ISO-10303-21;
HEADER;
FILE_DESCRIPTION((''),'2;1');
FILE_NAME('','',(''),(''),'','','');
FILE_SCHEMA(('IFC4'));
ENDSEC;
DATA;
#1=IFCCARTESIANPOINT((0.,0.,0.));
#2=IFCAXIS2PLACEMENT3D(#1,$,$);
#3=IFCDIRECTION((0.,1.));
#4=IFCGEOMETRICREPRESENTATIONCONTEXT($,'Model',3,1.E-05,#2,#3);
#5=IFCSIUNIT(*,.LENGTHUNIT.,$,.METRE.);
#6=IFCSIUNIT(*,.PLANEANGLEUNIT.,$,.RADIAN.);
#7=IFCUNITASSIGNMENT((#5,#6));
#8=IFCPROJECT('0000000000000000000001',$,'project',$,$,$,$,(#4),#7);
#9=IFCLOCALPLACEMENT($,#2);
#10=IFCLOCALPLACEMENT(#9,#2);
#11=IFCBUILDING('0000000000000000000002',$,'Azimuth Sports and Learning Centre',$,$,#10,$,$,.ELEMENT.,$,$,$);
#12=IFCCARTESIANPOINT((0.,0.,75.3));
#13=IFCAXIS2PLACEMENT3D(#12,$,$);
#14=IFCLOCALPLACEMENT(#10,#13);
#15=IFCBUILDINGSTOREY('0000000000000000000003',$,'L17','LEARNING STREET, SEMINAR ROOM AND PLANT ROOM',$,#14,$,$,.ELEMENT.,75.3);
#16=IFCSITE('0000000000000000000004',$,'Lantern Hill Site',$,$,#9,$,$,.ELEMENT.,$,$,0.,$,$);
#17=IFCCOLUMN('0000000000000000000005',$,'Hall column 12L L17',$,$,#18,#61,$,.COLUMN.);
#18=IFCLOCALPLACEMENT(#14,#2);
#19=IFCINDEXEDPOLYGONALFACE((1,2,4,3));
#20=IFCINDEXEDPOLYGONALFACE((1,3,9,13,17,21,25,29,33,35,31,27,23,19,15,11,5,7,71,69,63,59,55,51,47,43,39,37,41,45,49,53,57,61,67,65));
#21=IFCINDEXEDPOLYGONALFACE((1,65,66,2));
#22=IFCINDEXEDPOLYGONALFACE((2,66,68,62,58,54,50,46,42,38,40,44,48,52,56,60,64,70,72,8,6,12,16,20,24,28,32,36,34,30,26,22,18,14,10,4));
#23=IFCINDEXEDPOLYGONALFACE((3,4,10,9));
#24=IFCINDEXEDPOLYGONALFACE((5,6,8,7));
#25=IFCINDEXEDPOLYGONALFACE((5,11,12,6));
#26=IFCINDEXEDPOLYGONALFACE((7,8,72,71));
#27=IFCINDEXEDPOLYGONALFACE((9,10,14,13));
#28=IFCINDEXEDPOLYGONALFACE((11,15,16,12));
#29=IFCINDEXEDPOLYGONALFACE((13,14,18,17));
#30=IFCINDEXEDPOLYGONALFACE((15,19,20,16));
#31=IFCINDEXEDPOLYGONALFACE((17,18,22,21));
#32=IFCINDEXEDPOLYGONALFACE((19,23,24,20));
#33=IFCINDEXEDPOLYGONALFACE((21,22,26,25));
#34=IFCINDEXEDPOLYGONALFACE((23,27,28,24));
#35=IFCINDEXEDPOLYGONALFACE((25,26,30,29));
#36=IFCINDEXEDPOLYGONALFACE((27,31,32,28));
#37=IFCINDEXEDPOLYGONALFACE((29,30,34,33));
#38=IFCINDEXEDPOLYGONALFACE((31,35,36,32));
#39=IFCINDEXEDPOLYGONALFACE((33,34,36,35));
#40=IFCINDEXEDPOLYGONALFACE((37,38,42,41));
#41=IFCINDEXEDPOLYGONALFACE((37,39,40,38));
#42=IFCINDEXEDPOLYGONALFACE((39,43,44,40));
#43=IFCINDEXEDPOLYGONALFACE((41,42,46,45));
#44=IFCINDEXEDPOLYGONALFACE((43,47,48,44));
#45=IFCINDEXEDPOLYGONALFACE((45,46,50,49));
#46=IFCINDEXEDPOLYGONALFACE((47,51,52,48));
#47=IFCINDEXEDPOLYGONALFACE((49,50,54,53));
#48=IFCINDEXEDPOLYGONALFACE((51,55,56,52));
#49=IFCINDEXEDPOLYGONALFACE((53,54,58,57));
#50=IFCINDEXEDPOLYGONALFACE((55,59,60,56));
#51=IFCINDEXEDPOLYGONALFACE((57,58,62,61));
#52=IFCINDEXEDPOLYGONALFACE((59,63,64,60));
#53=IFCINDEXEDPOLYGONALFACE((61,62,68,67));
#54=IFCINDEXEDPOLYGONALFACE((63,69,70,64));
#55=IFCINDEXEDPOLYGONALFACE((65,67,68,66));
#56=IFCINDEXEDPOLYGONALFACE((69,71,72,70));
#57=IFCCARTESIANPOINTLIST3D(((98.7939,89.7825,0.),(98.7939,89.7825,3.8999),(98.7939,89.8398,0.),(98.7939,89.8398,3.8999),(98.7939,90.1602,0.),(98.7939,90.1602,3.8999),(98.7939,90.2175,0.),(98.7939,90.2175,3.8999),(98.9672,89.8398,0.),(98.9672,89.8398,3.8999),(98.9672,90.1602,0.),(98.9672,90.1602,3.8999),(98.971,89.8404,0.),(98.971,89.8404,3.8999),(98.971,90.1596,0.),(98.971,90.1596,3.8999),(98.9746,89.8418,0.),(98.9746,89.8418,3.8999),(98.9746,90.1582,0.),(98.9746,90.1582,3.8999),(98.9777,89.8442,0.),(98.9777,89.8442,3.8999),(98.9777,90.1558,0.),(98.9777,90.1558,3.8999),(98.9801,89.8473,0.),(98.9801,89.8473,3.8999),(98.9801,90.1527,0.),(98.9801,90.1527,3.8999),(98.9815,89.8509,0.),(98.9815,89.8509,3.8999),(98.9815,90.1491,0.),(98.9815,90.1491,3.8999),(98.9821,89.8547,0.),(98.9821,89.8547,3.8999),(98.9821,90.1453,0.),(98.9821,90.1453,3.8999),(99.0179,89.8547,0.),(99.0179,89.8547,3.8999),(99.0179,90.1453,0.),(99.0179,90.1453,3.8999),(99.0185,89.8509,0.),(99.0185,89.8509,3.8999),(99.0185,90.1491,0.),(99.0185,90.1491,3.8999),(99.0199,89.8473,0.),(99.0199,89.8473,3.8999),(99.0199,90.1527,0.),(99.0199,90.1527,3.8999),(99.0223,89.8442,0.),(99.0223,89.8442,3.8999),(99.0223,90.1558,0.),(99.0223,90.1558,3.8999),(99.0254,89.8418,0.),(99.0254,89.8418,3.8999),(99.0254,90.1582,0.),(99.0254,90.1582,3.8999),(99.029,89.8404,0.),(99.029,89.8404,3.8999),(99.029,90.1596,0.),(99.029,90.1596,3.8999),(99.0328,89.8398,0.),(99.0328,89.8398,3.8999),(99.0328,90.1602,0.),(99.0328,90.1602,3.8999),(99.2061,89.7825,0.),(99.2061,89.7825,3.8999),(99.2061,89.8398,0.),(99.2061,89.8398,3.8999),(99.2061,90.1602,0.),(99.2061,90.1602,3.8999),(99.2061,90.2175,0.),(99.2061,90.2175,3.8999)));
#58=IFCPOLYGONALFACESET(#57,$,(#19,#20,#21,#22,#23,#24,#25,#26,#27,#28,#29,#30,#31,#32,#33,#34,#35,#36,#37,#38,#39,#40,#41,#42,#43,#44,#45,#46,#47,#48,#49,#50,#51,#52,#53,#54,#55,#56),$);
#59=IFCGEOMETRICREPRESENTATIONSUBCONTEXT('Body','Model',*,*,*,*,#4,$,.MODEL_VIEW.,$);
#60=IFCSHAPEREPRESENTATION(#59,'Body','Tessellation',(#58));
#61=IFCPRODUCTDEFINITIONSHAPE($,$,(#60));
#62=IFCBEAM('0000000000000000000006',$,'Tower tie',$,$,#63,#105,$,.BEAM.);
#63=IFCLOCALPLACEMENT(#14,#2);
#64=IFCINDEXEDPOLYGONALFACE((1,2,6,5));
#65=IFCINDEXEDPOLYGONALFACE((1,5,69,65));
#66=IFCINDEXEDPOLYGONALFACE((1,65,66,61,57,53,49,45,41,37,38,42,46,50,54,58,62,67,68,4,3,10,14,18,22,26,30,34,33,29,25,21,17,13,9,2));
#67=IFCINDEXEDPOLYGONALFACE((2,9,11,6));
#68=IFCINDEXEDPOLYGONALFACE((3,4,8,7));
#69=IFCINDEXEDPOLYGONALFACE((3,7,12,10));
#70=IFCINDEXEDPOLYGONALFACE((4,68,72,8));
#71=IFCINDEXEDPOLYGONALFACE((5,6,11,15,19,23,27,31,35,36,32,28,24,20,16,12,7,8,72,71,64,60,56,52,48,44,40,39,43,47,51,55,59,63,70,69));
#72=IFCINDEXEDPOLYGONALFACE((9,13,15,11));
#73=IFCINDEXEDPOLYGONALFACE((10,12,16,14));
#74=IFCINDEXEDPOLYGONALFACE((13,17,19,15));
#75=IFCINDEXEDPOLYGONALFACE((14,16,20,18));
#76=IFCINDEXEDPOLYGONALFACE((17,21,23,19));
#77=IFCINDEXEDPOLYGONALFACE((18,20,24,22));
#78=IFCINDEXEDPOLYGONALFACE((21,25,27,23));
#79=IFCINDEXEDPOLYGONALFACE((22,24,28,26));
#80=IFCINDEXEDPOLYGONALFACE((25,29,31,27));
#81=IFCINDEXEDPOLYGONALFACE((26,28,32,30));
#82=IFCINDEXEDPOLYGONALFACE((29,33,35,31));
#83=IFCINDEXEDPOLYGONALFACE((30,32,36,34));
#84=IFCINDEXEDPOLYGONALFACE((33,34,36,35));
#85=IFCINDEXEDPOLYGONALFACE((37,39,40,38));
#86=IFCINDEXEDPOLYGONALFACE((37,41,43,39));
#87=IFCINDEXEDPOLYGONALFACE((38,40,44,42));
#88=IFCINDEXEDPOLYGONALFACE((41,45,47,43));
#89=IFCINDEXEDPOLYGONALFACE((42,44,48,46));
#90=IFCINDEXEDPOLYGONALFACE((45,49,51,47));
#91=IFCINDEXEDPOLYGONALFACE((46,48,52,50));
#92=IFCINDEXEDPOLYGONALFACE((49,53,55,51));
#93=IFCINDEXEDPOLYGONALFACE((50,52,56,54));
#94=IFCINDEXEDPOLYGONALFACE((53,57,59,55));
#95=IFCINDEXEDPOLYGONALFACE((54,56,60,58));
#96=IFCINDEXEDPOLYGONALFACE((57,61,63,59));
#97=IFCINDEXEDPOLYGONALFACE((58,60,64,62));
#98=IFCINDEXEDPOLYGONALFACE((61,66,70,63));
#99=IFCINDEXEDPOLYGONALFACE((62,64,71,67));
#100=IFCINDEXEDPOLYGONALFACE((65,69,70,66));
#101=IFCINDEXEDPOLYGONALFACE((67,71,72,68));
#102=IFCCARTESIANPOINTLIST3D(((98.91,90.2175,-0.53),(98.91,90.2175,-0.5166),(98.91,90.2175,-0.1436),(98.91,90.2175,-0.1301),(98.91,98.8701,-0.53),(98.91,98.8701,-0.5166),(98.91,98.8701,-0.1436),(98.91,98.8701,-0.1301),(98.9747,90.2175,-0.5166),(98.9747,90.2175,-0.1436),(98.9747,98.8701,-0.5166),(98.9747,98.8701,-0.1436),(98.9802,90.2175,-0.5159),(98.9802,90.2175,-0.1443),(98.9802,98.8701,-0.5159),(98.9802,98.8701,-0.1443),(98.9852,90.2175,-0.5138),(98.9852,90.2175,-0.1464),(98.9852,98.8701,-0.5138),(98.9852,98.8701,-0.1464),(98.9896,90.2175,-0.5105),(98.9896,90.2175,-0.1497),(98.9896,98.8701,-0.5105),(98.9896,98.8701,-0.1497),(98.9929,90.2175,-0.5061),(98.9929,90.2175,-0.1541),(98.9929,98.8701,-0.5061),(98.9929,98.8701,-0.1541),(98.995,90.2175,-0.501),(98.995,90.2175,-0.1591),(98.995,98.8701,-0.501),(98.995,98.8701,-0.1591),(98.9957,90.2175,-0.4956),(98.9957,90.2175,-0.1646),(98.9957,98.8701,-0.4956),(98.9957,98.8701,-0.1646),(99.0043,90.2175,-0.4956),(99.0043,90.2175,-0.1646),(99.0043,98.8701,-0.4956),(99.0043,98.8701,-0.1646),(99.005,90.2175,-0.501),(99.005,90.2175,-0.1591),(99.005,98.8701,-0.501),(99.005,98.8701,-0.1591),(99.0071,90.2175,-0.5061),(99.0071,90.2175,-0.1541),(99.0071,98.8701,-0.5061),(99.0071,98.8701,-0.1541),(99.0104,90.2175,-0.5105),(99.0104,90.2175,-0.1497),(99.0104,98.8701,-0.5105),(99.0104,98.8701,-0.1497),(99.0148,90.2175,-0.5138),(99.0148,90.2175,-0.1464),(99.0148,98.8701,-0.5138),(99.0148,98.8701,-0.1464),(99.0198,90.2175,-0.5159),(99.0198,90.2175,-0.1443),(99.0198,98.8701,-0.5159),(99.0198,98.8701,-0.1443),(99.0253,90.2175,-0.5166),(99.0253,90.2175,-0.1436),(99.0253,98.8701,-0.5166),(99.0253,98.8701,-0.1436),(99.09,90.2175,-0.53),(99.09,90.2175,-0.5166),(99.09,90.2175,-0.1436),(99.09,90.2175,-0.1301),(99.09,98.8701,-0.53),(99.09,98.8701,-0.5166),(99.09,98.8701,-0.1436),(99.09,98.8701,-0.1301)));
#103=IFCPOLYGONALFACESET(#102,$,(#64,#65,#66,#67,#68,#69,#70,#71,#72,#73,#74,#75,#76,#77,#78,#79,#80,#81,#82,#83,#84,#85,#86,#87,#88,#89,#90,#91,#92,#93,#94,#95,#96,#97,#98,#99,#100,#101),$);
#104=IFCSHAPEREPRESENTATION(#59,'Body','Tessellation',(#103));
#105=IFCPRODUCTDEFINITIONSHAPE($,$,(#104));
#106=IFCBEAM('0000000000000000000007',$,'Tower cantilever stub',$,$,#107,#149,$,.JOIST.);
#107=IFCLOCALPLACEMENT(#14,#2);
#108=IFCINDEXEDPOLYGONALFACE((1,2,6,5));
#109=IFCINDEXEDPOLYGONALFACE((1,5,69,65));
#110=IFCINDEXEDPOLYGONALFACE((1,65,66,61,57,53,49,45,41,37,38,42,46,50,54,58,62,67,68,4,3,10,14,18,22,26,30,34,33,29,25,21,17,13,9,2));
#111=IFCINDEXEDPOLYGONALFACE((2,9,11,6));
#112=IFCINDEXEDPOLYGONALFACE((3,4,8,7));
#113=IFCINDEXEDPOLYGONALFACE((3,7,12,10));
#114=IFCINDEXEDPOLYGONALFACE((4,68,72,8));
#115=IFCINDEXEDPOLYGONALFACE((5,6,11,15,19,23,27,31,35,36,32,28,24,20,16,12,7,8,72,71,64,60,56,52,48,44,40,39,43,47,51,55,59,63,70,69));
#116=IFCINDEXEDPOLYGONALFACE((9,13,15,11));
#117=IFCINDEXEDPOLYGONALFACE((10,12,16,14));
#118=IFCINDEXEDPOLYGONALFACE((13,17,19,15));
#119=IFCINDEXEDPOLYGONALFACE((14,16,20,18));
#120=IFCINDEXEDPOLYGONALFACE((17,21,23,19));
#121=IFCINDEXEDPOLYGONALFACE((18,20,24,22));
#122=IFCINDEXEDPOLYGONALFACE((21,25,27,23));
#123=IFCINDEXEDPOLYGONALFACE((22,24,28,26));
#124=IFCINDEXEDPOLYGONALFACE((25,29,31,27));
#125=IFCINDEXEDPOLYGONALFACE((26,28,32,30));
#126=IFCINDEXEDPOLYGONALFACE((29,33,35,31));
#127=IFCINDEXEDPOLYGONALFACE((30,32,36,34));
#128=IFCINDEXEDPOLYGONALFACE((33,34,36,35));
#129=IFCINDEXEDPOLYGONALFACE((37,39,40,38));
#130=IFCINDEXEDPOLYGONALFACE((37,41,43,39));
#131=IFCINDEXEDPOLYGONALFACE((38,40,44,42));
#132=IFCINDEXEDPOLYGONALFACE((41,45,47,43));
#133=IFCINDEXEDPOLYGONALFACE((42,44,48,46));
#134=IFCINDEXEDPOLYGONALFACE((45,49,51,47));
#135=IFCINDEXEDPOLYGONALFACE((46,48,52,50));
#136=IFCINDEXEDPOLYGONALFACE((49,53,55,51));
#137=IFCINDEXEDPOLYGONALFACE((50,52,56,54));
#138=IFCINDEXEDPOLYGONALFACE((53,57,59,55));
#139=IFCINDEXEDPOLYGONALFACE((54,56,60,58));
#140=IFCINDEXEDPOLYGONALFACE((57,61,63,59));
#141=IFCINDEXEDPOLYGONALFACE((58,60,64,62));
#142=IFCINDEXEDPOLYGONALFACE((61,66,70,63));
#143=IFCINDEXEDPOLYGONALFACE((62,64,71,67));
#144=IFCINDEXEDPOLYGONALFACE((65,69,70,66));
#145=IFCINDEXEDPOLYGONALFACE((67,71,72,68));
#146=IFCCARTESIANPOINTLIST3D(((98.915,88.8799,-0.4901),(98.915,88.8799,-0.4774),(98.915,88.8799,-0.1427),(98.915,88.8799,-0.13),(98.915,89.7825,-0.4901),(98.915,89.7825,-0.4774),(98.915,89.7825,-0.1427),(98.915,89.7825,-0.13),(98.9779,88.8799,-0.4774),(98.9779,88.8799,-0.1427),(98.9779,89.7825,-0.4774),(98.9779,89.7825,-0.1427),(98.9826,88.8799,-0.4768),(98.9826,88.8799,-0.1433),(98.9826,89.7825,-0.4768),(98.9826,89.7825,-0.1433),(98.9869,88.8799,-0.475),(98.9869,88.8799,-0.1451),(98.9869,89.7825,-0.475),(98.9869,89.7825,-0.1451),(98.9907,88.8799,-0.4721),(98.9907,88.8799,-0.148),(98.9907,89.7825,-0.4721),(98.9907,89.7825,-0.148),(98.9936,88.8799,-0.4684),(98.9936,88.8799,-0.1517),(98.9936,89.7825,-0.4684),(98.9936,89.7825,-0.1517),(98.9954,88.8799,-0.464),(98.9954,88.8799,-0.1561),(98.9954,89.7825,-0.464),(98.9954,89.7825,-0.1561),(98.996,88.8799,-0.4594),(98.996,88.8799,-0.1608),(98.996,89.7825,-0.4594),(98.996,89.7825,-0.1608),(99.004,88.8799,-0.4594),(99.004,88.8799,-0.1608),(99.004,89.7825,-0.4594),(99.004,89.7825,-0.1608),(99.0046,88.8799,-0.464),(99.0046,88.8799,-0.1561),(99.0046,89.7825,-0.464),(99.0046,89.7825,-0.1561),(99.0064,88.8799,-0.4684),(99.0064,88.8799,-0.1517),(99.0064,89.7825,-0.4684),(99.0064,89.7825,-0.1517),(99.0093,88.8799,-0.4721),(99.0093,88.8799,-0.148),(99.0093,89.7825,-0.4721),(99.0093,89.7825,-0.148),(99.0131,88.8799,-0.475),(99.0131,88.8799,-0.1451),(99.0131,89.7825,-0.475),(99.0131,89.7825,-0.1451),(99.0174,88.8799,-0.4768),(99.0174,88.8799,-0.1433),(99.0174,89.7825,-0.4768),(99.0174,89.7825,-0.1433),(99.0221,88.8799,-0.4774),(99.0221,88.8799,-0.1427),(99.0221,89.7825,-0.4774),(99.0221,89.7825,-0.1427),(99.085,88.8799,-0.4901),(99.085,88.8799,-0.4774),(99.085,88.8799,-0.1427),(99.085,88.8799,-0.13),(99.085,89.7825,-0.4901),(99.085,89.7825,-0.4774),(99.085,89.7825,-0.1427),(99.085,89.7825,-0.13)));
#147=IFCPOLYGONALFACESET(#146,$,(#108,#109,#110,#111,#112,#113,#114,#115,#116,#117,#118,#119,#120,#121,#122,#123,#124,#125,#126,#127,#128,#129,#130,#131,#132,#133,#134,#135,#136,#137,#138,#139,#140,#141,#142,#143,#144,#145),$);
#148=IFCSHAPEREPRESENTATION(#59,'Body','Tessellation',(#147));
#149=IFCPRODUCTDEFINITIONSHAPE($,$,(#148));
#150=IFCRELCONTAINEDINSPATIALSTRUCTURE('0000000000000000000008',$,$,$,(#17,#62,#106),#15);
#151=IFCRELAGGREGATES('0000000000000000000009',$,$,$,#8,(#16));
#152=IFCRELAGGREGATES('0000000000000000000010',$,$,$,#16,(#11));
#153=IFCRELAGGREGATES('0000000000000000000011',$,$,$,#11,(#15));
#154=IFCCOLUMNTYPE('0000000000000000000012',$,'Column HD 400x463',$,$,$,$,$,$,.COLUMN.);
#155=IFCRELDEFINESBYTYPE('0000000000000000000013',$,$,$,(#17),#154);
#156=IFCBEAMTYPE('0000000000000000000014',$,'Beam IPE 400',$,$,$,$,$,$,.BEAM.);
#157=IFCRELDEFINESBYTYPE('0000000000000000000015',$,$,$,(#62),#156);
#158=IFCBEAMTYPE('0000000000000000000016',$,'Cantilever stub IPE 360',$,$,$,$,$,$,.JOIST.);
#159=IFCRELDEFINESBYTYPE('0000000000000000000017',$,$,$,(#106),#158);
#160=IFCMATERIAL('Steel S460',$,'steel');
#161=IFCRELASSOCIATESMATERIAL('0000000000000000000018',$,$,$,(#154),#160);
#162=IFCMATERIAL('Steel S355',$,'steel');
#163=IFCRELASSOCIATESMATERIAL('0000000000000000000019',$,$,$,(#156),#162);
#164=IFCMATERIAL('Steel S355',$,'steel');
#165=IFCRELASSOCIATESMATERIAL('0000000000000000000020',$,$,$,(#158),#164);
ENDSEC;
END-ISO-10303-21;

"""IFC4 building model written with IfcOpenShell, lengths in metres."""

from ifc_helpers import new_model, si_unit, direction, frame, origin, origin_2d, place, context, subcontext, project, spatial, i_section, extrude, material, material_profile, profile_set, type_object, element, save


model = new_model("IFC4")

# Units and contexts
model_context = context("Model", 3, precision=1e-05, world=origin(), true_north=direction((0.0, 1.0)))
body_context = subcontext(model_context, "Body", "Model", "MODEL_VIEW")
ifc_project = project(units=[si_unit("LENGTHUNIT", "METRE"), si_unit("PLANEANGLEUNIT", "RADIAN")], contexts=[model_context])

# Site, building, storey
site_placement = place(None, origin())
site = spatial("IfcSite", under=ifc_project, at=site_placement, Name="Lantern Hill Site", CompositionType="ELEMENT", RefElevation=0.0)
building_placement = place(site_placement, origin())
building = spatial("IfcBuilding", under=site, at=building_placement, Name="Azimuth Sports and Learning Centre", CompositionType="ELEMENT")
storey_placement = place(building_placement, frame((0.0, 0.0, 75.3)))
storey = spatial("IfcBuildingStorey", under=building, at=storey_placement, Name="L17", Description="LEARNING STREET, SEMINAR ROOM AND PLANT ROOM", CompositionType="ELEMENT", Elevation=75.3)

# Column
ifc_material_1 = material(Name="Steel S460", Category="steel")
ifc_material_profile_1 = material_profile(ifc_material_1, i_section(OverallWidth=0.4121, OverallDepth=0.4351, WebThickness=0.0359, FlangeThickness=0.0574, FilletRadius=0.0149, at=origin_2d()), Name="HD 400x463")
ifc_profile_set_1 = profile_set([ifc_material_profile_1], Name="Steel S460")
column_type = type_object("IfcColumnType", Name="Column HD 400x463", PredefinedType="COLUMN", material=ifc_profile_set_1)
column_placement = place(storey_placement, frame((99.0, 90.0, 0.0), z_axis=(0.0, 0.0, 1.0), x_axis=(1.0, 0.0, 0.0)))
element("IfcColumn", 1, at=column_placement, inside=storey, type_object=column_type, Name="Hall column 12L L17", PredefinedType="COLUMN", context=body_context, shape_type="SweptSolid", body=[
    extrude(i_section(OverallWidth=0.4121, OverallDepth=0.4351, WebThickness=0.0359, FlangeThickness=0.0574, FilletRadius=0.0149, at=origin_2d()), origin(), (0.0, 0.0, 1.0), 3.8999),
])

# Beams
ifc_material_2 = material(Name="Steel S355", Category="steel")
ifc_material_profile_2 = material_profile(ifc_material_2, i_section(OverallWidth=0.1799, OverallDepth=0.3999, WebThickness=0.0085, FlangeThickness=0.0134, FilletRadius=0.021, at=origin_2d()), Name="IPE 400")
ifc_profile_set_2 = profile_set([ifc_material_profile_2], Name="Steel S355")
beam_type_1 = type_object("IfcBeamType", Name="Beam IPE 400", PredefinedType="BEAM", material=ifc_profile_set_2)
beam_1_placement = place(storey_placement, frame((99.0, 90.2175, -0.3301), z_axis=(0.0, 1.0, 0.0), x_axis=(-1.0, 0.0, 0.0)))
element("IfcBeam", 2, at=beam_1_placement, inside=storey, type_object=beam_type_1, Name="Tower tie", PredefinedType="BEAM", context=body_context, shape_type="SweptSolid", body=[
    extrude(i_section(OverallWidth=0.1799, OverallDepth=0.3999, WebThickness=0.0085, FlangeThickness=0.0134, FilletRadius=0.021, at=origin_2d()), origin(), (0.0, 0.0, 1.0), 8.6526),
])
ifc_material_3 = material(Name="Steel S355", Category="steel")
ifc_material_profile_3 = material_profile(ifc_material_3, i_section(OverallWidth=0.1699, OverallDepth=0.3601, WebThickness=0.0081, FlangeThickness=0.0127, FilletRadius=0.0181, at=origin_2d()), Name="IPE 360")
ifc_profile_set_3 = profile_set([ifc_material_profile_3], Name="Steel S355")
beam_type_2 = type_object("IfcBeamType", Name="Cantilever stub IPE 360", PredefinedType="JOIST", material=ifc_profile_set_3)
beam_2_placement = place(storey_placement, frame((99.0, 89.7825, -0.3101), z_axis=(0.0, -1.0, 0.0), x_axis=(1.0, 0.0, 0.0)))
element("IfcBeam", 3, at=beam_2_placement, inside=storey, type_object=beam_type_2, Name="Tower cantilever stub", PredefinedType="JOIST", context=body_context, shape_type="SweptSolid", body=[
    extrude(i_section(OverallWidth=0.1699, OverallDepth=0.3601, WebThickness=0.0081, FlangeThickness=0.0127, FilletRadius=0.0181, at=origin_2d()), origin(), (0.0, 0.0, 1.0), 0.9026),
])

save(model, "model.ifc")
